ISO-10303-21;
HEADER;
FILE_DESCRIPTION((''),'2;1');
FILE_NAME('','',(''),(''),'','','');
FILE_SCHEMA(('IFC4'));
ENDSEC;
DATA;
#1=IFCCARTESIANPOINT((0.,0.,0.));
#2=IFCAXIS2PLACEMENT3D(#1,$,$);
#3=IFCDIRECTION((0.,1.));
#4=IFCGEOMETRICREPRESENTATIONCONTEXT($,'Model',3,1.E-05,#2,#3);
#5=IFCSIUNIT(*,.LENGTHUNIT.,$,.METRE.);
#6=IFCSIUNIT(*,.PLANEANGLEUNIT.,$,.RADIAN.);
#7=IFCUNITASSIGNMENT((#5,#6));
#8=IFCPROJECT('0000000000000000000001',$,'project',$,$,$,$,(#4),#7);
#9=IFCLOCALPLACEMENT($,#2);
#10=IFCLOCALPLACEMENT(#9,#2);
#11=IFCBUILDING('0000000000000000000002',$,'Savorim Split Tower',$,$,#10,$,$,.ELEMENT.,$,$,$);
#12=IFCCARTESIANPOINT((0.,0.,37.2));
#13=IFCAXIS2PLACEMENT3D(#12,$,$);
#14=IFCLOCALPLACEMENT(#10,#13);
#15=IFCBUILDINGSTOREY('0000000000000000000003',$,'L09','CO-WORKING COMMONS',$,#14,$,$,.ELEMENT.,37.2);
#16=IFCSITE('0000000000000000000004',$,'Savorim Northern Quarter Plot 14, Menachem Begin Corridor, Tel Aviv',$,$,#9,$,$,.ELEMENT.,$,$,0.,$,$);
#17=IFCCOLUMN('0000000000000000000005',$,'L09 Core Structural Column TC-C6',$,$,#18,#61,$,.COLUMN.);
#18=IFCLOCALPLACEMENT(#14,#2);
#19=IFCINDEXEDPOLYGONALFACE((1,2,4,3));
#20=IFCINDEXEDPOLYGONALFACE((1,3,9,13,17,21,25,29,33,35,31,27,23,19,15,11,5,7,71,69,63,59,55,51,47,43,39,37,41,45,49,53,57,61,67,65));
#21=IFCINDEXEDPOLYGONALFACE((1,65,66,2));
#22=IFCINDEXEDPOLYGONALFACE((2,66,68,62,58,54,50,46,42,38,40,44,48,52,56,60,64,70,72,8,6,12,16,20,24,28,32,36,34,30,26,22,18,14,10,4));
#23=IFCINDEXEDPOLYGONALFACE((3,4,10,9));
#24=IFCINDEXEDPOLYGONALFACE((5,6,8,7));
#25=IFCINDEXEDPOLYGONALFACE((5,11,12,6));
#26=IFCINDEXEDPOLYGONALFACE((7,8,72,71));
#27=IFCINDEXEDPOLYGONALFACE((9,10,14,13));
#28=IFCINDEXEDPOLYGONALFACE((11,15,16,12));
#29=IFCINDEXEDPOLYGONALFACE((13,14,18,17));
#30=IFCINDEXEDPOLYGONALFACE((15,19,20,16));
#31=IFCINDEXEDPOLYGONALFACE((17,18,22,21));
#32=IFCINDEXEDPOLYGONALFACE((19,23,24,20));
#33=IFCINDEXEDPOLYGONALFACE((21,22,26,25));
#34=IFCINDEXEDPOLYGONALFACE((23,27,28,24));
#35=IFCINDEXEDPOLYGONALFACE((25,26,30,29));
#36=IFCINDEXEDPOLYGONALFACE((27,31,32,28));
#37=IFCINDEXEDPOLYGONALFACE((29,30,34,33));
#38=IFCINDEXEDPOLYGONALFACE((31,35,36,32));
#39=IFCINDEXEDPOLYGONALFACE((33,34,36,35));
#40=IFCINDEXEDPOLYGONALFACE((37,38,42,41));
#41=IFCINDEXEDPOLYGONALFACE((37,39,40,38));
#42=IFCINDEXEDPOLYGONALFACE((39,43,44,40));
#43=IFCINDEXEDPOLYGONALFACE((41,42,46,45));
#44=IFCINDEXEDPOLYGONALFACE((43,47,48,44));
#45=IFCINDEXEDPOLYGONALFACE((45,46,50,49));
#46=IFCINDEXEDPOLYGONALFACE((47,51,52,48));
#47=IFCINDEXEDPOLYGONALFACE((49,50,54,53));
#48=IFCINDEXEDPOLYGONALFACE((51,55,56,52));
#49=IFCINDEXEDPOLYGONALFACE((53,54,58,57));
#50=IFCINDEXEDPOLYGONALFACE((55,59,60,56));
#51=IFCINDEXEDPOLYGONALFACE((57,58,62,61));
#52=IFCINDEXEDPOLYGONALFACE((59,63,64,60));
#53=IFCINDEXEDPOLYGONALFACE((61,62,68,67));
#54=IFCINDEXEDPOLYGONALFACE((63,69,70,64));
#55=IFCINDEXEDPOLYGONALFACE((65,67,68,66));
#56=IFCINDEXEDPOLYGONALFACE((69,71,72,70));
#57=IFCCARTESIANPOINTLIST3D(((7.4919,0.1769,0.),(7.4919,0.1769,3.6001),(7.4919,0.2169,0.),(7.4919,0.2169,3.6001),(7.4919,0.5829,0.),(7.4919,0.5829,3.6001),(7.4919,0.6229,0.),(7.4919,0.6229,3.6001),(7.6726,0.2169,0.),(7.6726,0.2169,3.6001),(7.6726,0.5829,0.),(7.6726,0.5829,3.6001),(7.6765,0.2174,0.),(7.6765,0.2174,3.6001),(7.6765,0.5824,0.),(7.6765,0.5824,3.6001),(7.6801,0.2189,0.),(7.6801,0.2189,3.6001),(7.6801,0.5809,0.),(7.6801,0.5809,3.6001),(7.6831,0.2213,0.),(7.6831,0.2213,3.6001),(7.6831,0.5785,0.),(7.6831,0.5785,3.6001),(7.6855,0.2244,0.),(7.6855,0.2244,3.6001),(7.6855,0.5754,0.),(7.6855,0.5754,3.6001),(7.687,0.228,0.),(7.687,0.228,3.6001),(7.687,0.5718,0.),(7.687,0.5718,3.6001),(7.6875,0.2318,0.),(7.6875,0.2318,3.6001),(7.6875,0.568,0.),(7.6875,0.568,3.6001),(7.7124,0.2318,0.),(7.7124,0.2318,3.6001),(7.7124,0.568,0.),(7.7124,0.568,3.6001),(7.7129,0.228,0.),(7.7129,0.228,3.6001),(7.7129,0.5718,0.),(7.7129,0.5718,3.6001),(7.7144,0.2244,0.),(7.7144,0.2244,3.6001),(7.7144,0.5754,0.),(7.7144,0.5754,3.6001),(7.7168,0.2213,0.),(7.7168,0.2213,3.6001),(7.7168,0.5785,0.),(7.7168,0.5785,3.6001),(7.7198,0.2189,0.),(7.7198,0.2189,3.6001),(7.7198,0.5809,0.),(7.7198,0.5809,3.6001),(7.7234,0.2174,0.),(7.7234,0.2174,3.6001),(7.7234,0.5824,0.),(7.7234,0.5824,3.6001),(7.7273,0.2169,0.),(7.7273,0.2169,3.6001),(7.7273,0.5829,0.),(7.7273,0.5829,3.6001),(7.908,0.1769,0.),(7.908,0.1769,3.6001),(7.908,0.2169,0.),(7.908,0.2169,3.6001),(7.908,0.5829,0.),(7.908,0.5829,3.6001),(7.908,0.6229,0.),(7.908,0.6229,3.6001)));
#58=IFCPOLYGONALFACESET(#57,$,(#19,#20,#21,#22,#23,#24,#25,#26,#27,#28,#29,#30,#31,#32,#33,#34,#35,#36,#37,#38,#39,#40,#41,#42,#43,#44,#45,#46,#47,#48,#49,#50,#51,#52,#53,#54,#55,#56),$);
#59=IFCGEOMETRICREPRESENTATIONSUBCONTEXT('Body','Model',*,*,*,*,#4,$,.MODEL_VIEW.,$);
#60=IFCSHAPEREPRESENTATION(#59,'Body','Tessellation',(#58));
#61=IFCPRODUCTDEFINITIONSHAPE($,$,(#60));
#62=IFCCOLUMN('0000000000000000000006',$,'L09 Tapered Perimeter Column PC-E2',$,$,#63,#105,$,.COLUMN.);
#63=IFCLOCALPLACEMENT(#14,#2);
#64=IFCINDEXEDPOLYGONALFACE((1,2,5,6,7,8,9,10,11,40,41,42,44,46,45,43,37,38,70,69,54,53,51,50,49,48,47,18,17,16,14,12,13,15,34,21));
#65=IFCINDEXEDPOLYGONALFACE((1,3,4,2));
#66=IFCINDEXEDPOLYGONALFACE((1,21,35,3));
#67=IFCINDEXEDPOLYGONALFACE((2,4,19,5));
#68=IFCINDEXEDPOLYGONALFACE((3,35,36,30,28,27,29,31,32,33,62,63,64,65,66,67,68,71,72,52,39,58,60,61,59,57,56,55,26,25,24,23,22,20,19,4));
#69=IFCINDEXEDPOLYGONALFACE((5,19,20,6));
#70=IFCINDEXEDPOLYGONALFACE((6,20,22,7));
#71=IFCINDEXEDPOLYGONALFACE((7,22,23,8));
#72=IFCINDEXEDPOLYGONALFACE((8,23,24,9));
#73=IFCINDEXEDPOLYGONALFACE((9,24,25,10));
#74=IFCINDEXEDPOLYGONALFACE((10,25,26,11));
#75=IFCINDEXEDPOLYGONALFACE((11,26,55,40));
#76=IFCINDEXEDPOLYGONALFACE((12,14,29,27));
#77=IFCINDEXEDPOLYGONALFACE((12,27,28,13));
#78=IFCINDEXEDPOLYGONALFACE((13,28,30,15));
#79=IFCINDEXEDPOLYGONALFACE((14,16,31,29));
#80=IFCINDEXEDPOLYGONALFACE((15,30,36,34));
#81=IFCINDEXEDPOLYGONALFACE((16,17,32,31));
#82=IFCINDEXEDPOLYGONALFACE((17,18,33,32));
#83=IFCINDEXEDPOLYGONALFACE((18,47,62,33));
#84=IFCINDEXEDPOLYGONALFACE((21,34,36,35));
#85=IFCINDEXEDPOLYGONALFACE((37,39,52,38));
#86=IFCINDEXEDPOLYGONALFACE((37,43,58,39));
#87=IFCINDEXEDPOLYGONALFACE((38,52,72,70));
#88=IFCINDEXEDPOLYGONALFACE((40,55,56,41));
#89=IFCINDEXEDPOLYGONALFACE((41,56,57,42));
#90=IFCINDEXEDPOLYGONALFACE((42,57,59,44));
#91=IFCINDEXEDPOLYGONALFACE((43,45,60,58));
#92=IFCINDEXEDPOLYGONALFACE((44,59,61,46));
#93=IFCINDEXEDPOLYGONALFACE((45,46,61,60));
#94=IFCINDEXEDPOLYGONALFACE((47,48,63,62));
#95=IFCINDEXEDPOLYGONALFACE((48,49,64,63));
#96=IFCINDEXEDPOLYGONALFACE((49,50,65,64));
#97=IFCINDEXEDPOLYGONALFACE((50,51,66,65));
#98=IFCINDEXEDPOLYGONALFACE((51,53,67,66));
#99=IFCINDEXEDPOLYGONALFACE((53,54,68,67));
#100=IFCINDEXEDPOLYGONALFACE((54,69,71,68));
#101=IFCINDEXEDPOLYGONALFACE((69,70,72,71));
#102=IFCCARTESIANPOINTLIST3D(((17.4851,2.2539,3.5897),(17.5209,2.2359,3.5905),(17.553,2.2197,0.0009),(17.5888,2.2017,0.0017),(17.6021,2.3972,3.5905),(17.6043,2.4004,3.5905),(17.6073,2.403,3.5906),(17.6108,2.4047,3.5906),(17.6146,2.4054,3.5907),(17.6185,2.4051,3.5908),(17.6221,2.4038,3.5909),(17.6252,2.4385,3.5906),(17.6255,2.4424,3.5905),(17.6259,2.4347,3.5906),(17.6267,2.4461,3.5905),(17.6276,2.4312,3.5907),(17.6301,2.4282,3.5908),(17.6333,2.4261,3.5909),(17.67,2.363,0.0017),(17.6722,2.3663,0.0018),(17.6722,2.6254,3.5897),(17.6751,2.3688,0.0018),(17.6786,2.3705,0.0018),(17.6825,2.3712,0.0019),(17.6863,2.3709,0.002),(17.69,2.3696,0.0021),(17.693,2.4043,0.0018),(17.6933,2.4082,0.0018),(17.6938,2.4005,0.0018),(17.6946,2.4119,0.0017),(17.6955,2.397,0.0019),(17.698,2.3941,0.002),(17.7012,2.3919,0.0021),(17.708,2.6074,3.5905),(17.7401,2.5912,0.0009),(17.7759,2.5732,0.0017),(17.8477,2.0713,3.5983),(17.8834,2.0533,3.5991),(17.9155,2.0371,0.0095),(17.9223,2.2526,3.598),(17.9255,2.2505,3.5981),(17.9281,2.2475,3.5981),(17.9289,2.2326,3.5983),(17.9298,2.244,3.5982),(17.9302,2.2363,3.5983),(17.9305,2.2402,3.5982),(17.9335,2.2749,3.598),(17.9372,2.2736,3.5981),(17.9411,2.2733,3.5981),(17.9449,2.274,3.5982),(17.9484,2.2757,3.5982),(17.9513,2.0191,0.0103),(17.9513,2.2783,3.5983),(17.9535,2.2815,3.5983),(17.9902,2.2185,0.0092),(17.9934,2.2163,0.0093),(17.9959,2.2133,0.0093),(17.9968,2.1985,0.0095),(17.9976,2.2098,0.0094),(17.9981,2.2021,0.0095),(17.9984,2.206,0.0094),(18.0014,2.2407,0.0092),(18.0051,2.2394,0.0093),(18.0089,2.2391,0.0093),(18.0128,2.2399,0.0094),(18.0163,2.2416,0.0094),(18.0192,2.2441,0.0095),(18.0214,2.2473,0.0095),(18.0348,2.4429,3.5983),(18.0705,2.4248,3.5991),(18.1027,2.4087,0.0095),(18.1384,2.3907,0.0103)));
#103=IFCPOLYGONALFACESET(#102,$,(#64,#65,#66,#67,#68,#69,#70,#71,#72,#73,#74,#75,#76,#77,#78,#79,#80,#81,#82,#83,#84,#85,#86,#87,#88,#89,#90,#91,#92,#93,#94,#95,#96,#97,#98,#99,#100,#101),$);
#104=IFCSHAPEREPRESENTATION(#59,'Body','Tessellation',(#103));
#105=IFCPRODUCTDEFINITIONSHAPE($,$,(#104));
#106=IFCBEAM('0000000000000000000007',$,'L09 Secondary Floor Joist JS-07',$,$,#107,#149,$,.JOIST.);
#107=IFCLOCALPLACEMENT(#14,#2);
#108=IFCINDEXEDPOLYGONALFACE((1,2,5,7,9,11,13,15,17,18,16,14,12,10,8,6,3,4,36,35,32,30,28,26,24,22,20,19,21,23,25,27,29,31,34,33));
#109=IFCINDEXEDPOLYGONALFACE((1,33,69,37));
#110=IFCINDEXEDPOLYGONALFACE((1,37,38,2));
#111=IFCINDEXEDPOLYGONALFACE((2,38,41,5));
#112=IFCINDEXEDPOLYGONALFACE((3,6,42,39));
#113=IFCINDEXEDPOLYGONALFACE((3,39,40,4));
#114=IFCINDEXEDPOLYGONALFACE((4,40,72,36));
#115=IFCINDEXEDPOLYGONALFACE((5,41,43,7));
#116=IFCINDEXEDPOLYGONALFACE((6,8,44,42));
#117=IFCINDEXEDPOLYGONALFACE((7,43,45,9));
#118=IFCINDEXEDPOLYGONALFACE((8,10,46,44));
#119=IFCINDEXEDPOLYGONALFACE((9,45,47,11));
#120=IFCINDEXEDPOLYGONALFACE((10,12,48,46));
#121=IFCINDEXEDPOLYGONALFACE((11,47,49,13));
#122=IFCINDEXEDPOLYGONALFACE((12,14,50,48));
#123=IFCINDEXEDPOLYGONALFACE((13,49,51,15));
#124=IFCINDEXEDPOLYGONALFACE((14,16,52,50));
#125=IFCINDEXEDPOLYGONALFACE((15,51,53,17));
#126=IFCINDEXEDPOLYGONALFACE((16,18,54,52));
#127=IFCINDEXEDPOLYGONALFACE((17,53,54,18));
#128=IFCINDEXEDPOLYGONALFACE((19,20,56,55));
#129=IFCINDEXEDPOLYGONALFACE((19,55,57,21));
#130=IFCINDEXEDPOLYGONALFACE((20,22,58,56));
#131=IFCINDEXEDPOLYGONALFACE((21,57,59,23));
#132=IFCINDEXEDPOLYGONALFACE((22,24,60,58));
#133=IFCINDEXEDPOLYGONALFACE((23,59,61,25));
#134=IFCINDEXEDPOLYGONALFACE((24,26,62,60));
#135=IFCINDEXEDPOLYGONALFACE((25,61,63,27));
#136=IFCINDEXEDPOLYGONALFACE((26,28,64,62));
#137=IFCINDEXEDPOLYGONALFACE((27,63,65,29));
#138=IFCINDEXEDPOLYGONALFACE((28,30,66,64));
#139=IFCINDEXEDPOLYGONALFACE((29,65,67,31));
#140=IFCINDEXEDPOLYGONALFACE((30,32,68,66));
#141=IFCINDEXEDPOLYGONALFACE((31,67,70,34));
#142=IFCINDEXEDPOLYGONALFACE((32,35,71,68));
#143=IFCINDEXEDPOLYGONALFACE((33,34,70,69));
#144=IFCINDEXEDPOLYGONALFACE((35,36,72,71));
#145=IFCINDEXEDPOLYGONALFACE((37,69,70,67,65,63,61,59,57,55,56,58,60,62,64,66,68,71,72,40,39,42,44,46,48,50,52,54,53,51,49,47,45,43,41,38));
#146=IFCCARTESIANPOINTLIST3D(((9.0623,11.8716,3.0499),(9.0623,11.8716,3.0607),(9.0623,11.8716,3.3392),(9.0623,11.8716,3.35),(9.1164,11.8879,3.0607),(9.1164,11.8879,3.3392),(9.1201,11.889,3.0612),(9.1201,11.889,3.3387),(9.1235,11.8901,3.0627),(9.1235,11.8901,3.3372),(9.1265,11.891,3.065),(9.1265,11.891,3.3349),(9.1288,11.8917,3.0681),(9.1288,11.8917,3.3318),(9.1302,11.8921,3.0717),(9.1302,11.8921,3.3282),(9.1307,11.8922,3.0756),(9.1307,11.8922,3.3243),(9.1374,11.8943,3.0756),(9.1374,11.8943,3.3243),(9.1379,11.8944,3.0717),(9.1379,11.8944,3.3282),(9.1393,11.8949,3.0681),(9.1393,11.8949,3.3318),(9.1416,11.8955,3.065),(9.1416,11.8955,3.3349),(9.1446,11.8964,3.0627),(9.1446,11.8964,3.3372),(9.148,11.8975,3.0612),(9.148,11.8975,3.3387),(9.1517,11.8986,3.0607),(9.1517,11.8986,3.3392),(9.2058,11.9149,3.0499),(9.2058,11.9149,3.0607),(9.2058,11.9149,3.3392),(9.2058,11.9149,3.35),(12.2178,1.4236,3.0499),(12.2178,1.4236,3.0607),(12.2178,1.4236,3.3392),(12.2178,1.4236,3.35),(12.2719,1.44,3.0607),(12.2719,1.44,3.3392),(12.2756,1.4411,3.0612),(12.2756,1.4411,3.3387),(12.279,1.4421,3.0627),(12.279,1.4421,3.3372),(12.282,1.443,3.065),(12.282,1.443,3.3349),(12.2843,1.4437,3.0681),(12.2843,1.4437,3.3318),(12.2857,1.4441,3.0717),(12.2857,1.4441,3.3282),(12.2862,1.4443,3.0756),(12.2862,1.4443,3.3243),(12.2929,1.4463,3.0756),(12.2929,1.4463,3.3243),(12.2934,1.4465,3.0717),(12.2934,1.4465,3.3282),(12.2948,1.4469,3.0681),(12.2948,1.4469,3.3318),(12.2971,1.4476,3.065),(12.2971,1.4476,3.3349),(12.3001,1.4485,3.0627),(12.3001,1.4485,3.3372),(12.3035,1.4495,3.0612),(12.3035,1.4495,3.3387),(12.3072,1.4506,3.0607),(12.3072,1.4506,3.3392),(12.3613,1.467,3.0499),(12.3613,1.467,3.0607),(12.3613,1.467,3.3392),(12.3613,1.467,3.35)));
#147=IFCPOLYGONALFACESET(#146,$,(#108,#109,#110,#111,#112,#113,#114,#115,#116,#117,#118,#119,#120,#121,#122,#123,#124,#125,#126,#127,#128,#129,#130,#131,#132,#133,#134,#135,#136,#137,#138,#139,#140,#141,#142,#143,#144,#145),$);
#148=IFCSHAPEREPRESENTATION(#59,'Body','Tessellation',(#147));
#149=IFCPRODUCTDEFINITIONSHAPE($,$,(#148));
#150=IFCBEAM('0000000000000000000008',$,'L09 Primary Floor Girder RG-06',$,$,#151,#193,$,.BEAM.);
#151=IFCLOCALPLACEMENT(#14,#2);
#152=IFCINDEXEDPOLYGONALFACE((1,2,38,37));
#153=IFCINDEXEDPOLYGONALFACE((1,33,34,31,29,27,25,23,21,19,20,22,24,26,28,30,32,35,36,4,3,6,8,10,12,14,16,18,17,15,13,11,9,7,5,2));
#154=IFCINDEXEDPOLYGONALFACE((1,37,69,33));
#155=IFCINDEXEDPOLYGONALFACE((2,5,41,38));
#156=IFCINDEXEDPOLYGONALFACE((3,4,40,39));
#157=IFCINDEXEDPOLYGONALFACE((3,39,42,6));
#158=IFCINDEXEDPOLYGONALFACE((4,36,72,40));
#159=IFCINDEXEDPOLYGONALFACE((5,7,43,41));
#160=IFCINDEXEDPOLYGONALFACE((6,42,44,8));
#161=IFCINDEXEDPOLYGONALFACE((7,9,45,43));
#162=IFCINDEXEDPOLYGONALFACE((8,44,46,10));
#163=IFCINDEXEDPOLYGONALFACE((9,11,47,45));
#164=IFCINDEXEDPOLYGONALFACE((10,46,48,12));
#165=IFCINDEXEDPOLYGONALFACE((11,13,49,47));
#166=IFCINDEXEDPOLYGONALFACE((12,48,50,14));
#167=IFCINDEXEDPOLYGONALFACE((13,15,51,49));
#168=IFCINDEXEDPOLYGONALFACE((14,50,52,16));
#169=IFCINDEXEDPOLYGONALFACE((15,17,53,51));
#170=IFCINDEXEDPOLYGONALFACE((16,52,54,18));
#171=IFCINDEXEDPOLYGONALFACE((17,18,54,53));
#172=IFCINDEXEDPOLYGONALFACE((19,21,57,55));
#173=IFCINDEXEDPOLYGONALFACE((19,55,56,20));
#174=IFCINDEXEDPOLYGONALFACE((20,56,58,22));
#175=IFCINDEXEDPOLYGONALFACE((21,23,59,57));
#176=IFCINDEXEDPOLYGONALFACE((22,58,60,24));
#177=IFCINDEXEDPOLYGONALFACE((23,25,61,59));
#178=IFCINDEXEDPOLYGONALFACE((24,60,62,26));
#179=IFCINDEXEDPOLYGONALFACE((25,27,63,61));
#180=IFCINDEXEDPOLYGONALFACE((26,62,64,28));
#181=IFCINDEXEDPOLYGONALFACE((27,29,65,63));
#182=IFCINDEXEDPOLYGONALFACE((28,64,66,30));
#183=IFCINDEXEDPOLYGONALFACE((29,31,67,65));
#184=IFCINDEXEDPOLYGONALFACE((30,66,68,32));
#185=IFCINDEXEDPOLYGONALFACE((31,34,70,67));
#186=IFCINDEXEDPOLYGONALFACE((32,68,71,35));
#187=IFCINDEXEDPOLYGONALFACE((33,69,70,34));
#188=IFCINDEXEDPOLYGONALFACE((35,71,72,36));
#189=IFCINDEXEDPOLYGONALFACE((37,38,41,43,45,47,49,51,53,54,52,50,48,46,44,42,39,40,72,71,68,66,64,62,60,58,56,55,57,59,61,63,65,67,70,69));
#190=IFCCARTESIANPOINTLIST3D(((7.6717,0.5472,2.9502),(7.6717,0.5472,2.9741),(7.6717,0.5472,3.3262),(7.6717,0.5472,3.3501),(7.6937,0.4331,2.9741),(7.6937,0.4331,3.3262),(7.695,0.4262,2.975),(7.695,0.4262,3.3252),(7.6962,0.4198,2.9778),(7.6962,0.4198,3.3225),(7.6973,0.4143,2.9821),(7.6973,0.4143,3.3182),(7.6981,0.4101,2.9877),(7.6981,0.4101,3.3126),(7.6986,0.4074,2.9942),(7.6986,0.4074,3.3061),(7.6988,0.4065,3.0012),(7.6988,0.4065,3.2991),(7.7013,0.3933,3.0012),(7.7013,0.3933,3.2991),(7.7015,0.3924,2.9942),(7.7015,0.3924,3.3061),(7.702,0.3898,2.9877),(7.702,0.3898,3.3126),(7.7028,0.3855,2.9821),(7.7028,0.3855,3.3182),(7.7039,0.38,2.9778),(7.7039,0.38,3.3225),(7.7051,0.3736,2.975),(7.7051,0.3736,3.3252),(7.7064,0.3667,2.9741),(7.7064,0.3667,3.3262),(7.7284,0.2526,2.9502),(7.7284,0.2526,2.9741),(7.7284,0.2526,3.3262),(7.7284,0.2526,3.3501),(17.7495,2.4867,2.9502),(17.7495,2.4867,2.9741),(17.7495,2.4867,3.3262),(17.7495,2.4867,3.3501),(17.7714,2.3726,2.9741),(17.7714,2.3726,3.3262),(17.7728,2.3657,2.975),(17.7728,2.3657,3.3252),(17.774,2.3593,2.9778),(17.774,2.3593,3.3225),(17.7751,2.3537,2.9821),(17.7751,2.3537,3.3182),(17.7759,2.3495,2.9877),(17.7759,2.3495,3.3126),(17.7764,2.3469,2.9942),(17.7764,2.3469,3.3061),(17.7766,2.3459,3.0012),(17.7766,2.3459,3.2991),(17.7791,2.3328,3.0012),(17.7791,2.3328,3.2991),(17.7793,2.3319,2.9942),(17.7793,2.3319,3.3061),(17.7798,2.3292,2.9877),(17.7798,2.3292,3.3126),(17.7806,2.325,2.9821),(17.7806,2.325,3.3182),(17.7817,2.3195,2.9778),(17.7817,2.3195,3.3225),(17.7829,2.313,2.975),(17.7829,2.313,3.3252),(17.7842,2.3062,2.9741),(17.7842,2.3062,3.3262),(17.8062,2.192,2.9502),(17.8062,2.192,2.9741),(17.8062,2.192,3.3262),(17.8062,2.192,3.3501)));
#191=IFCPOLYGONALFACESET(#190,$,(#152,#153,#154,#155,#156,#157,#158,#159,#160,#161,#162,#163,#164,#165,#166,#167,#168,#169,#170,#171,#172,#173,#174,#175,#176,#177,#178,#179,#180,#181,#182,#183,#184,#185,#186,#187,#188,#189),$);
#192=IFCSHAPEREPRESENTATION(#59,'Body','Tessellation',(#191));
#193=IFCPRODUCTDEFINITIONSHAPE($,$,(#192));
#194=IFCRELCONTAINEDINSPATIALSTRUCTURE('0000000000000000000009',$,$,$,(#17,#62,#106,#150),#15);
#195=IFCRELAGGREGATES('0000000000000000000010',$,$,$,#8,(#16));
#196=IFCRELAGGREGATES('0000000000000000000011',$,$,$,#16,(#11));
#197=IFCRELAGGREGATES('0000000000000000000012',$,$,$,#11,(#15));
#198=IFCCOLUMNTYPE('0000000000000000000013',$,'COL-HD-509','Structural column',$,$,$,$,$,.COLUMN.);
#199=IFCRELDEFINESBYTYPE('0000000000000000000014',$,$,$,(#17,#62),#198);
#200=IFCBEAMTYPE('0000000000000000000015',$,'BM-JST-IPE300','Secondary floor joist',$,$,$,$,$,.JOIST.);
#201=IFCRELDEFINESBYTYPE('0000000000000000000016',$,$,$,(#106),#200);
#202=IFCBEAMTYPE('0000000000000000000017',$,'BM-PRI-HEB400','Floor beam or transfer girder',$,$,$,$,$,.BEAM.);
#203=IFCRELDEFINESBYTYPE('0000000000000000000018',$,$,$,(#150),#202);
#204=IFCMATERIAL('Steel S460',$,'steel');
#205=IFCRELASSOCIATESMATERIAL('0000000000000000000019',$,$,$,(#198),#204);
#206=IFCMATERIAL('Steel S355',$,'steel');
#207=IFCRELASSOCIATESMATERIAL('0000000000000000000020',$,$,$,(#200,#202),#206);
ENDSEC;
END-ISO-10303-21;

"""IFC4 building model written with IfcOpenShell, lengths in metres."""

from ifc_helpers import new_model, si_unit, direction, frame, origin, origin_2d, place, context, subcontext, project, spatial, i_section, extrude, material, material_profile, profile_set, type_object, element, save


model = new_model("IFC4")

# Units and contexts
model_context = context("Model", 3, precision=1e-05, world=origin(), true_north=direction((0.0, 1.0)))
body_context = subcontext(model_context, "Body", "Model", "MODEL_VIEW")
ifc_project = project(units=[si_unit("LENGTHUNIT", "METRE"), si_unit("PLANEANGLEUNIT", "RADIAN")], contexts=[model_context])

# Site, building, storey
site_placement = place(None, origin())
site = spatial("IfcSite", under=ifc_project, at=site_placement, Name="Savorim Northern Quarter Plot 14, Menachem Begin Corridor, Tel Aviv", CompositionType="ELEMENT", RefElevation=0.0)
building_placement = place(site_placement, origin())
building = spatial("IfcBuilding", under=site, at=building_placement, Name="Savorim Split Tower", CompositionType="ELEMENT")
storey_placement = place(building_placement, frame((0.0, 0.0, 37.2)))
storey = spatial("IfcBuildingStorey", under=building, at=storey_placement, Name="L09", Description="CO-WORKING COMMONS", CompositionType="ELEMENT", Elevation=37.2)

# Columns
ifc_material_1 = material(Name="Steel S460", Category="steel")
ifc_material_profile_1 = material_profile(ifc_material_1, i_section(OverallWidth=0.416, OverallDepth=0.446, WebThickness=0.0249, FlangeThickness=0.04, FilletRadius=0.0149, at=origin_2d()), Name="HD 400x509")
ifc_profile_set_1 = profile_set([ifc_material_profile_1], Name="Steel S460")
column_type = type_object("IfcColumnType", Name="COL-HD-509", Description="Structural column", PredefinedType="COLUMN", material=ifc_profile_set_1)
column_1_placement = place(storey_placement, frame((7.7, 0.3999, 0.0), z_axis=(0.0, 0.0, 1.0), x_axis=(1.0, 0.0, 0.0)))
element("IfcColumn", 1, at=column_1_placement, inside=storey, type_object=column_type, Name="L09 Core Structural Column TC-C6", PredefinedType="COLUMN", context=body_context, shape_type="SweptSolid", body=[
    extrude(i_section(OverallWidth=0.416, OverallDepth=0.446, WebThickness=0.0249, FlangeThickness=0.04, FilletRadius=0.0149, at=origin_2d()), origin(), (0.0, 0.0, 1.0), 3.6001),
])
column_2_placement = place(storey_placement, frame((17.8457, 2.3052, 0.0056), z_axis=(-0.018907, 0.009522, 0.999776), x_axis=(-0.449782, -0.893138, 0.0)))
element("IfcColumn", 2, at=column_2_placement, inside=storey, type_object=column_type, Name="L09 Tapered Perimeter Column PC-E2", PredefinedType="COLUMN", context=body_context, shape_type="SweptSolid", body=[
    extrude(i_section(OverallWidth=0.416, OverallDepth=0.446, WebThickness=0.0249, FlangeThickness=0.04, FilletRadius=0.0149, at=origin_2d()), origin(), (0.0, 0.0, 1.0), 3.5896),
])

# Beams
ifc_material_2 = material(Name="Steel S355", Category="steel")
ifc_material_profile_2 = material_profile(ifc_material_2, i_section(OverallWidth=0.1499, OverallDepth=0.3, WebThickness=0.0071, FlangeThickness=0.0107, FilletRadius=0.0149, at=origin_2d()), Name="IPE 300")
ifc_profile_set_2 = profile_set([ifc_material_profile_2], Name="Steel S355")
beam_type_1 = type_object("IfcBeamType", Name="BM-JST-IPE300", Description="Secondary floor joist", PredefinedType="JOIST", material=ifc_profile_set_2)
beam_1_placement = place(storey_placement, frame((12.2896, 1.4453, 3.2), z_axis=(-0.289123, 0.957292, 0.0), x_axis=(-0.957292, -0.289123, 0.0)))
element("IfcBeam", 3, at=beam_1_placement, inside=storey, type_object=beam_type_1, Name="L09 Secondary Floor Joist JS-07", PredefinedType="JOIST", context=body_context, shape_type="SweptSolid", body=[
    extrude(i_section(OverallWidth=0.1499, OverallDepth=0.3, WebThickness=0.0071, FlangeThickness=0.0107, FilletRadius=0.0149, at=origin_2d()), origin(), (0.0, 0.0, 1.0), 10.9141),
])
ifc_material_profile_3 = material_profile(ifc_material_2, i_section(OverallWidth=0.3, OverallDepth=0.3999, WebThickness=0.0134, FlangeThickness=0.0239, FilletRadius=0.0271, at=origin_2d()), Name="HEB 400")
ifc_profile_set_3 = profile_set([ifc_material_profile_3], Name="Steel S355")
beam_type_2 = type_object("IfcBeamType", Name="BM-PRI-HEB400", Description="Floor beam or transfer girder", PredefinedType="BEAM", material=ifc_profile_set_3)
beam_2_placement = place(storey_placement, frame((17.7778, 2.3394, 3.1501), z_axis=(-0.981981, -0.188979, 0.0), x_axis=(0.188979, -0.981981, 0.0)))
element("IfcBeam", 4, at=beam_2_placement, inside=storey, type_object=beam_type_2, Name="L09 Primary Floor Girder RG-06", PredefinedType="BEAM", context=body_context, shape_type="SweptSolid", body=[
    extrude(i_section(OverallWidth=0.3, OverallDepth=0.3999, WebThickness=0.0134, FlangeThickness=0.0239, FilletRadius=0.0271, at=origin_2d()), origin(), (0.0, 0.0, 1.0), 10.2627),
])

save(model, "model.ifc")
